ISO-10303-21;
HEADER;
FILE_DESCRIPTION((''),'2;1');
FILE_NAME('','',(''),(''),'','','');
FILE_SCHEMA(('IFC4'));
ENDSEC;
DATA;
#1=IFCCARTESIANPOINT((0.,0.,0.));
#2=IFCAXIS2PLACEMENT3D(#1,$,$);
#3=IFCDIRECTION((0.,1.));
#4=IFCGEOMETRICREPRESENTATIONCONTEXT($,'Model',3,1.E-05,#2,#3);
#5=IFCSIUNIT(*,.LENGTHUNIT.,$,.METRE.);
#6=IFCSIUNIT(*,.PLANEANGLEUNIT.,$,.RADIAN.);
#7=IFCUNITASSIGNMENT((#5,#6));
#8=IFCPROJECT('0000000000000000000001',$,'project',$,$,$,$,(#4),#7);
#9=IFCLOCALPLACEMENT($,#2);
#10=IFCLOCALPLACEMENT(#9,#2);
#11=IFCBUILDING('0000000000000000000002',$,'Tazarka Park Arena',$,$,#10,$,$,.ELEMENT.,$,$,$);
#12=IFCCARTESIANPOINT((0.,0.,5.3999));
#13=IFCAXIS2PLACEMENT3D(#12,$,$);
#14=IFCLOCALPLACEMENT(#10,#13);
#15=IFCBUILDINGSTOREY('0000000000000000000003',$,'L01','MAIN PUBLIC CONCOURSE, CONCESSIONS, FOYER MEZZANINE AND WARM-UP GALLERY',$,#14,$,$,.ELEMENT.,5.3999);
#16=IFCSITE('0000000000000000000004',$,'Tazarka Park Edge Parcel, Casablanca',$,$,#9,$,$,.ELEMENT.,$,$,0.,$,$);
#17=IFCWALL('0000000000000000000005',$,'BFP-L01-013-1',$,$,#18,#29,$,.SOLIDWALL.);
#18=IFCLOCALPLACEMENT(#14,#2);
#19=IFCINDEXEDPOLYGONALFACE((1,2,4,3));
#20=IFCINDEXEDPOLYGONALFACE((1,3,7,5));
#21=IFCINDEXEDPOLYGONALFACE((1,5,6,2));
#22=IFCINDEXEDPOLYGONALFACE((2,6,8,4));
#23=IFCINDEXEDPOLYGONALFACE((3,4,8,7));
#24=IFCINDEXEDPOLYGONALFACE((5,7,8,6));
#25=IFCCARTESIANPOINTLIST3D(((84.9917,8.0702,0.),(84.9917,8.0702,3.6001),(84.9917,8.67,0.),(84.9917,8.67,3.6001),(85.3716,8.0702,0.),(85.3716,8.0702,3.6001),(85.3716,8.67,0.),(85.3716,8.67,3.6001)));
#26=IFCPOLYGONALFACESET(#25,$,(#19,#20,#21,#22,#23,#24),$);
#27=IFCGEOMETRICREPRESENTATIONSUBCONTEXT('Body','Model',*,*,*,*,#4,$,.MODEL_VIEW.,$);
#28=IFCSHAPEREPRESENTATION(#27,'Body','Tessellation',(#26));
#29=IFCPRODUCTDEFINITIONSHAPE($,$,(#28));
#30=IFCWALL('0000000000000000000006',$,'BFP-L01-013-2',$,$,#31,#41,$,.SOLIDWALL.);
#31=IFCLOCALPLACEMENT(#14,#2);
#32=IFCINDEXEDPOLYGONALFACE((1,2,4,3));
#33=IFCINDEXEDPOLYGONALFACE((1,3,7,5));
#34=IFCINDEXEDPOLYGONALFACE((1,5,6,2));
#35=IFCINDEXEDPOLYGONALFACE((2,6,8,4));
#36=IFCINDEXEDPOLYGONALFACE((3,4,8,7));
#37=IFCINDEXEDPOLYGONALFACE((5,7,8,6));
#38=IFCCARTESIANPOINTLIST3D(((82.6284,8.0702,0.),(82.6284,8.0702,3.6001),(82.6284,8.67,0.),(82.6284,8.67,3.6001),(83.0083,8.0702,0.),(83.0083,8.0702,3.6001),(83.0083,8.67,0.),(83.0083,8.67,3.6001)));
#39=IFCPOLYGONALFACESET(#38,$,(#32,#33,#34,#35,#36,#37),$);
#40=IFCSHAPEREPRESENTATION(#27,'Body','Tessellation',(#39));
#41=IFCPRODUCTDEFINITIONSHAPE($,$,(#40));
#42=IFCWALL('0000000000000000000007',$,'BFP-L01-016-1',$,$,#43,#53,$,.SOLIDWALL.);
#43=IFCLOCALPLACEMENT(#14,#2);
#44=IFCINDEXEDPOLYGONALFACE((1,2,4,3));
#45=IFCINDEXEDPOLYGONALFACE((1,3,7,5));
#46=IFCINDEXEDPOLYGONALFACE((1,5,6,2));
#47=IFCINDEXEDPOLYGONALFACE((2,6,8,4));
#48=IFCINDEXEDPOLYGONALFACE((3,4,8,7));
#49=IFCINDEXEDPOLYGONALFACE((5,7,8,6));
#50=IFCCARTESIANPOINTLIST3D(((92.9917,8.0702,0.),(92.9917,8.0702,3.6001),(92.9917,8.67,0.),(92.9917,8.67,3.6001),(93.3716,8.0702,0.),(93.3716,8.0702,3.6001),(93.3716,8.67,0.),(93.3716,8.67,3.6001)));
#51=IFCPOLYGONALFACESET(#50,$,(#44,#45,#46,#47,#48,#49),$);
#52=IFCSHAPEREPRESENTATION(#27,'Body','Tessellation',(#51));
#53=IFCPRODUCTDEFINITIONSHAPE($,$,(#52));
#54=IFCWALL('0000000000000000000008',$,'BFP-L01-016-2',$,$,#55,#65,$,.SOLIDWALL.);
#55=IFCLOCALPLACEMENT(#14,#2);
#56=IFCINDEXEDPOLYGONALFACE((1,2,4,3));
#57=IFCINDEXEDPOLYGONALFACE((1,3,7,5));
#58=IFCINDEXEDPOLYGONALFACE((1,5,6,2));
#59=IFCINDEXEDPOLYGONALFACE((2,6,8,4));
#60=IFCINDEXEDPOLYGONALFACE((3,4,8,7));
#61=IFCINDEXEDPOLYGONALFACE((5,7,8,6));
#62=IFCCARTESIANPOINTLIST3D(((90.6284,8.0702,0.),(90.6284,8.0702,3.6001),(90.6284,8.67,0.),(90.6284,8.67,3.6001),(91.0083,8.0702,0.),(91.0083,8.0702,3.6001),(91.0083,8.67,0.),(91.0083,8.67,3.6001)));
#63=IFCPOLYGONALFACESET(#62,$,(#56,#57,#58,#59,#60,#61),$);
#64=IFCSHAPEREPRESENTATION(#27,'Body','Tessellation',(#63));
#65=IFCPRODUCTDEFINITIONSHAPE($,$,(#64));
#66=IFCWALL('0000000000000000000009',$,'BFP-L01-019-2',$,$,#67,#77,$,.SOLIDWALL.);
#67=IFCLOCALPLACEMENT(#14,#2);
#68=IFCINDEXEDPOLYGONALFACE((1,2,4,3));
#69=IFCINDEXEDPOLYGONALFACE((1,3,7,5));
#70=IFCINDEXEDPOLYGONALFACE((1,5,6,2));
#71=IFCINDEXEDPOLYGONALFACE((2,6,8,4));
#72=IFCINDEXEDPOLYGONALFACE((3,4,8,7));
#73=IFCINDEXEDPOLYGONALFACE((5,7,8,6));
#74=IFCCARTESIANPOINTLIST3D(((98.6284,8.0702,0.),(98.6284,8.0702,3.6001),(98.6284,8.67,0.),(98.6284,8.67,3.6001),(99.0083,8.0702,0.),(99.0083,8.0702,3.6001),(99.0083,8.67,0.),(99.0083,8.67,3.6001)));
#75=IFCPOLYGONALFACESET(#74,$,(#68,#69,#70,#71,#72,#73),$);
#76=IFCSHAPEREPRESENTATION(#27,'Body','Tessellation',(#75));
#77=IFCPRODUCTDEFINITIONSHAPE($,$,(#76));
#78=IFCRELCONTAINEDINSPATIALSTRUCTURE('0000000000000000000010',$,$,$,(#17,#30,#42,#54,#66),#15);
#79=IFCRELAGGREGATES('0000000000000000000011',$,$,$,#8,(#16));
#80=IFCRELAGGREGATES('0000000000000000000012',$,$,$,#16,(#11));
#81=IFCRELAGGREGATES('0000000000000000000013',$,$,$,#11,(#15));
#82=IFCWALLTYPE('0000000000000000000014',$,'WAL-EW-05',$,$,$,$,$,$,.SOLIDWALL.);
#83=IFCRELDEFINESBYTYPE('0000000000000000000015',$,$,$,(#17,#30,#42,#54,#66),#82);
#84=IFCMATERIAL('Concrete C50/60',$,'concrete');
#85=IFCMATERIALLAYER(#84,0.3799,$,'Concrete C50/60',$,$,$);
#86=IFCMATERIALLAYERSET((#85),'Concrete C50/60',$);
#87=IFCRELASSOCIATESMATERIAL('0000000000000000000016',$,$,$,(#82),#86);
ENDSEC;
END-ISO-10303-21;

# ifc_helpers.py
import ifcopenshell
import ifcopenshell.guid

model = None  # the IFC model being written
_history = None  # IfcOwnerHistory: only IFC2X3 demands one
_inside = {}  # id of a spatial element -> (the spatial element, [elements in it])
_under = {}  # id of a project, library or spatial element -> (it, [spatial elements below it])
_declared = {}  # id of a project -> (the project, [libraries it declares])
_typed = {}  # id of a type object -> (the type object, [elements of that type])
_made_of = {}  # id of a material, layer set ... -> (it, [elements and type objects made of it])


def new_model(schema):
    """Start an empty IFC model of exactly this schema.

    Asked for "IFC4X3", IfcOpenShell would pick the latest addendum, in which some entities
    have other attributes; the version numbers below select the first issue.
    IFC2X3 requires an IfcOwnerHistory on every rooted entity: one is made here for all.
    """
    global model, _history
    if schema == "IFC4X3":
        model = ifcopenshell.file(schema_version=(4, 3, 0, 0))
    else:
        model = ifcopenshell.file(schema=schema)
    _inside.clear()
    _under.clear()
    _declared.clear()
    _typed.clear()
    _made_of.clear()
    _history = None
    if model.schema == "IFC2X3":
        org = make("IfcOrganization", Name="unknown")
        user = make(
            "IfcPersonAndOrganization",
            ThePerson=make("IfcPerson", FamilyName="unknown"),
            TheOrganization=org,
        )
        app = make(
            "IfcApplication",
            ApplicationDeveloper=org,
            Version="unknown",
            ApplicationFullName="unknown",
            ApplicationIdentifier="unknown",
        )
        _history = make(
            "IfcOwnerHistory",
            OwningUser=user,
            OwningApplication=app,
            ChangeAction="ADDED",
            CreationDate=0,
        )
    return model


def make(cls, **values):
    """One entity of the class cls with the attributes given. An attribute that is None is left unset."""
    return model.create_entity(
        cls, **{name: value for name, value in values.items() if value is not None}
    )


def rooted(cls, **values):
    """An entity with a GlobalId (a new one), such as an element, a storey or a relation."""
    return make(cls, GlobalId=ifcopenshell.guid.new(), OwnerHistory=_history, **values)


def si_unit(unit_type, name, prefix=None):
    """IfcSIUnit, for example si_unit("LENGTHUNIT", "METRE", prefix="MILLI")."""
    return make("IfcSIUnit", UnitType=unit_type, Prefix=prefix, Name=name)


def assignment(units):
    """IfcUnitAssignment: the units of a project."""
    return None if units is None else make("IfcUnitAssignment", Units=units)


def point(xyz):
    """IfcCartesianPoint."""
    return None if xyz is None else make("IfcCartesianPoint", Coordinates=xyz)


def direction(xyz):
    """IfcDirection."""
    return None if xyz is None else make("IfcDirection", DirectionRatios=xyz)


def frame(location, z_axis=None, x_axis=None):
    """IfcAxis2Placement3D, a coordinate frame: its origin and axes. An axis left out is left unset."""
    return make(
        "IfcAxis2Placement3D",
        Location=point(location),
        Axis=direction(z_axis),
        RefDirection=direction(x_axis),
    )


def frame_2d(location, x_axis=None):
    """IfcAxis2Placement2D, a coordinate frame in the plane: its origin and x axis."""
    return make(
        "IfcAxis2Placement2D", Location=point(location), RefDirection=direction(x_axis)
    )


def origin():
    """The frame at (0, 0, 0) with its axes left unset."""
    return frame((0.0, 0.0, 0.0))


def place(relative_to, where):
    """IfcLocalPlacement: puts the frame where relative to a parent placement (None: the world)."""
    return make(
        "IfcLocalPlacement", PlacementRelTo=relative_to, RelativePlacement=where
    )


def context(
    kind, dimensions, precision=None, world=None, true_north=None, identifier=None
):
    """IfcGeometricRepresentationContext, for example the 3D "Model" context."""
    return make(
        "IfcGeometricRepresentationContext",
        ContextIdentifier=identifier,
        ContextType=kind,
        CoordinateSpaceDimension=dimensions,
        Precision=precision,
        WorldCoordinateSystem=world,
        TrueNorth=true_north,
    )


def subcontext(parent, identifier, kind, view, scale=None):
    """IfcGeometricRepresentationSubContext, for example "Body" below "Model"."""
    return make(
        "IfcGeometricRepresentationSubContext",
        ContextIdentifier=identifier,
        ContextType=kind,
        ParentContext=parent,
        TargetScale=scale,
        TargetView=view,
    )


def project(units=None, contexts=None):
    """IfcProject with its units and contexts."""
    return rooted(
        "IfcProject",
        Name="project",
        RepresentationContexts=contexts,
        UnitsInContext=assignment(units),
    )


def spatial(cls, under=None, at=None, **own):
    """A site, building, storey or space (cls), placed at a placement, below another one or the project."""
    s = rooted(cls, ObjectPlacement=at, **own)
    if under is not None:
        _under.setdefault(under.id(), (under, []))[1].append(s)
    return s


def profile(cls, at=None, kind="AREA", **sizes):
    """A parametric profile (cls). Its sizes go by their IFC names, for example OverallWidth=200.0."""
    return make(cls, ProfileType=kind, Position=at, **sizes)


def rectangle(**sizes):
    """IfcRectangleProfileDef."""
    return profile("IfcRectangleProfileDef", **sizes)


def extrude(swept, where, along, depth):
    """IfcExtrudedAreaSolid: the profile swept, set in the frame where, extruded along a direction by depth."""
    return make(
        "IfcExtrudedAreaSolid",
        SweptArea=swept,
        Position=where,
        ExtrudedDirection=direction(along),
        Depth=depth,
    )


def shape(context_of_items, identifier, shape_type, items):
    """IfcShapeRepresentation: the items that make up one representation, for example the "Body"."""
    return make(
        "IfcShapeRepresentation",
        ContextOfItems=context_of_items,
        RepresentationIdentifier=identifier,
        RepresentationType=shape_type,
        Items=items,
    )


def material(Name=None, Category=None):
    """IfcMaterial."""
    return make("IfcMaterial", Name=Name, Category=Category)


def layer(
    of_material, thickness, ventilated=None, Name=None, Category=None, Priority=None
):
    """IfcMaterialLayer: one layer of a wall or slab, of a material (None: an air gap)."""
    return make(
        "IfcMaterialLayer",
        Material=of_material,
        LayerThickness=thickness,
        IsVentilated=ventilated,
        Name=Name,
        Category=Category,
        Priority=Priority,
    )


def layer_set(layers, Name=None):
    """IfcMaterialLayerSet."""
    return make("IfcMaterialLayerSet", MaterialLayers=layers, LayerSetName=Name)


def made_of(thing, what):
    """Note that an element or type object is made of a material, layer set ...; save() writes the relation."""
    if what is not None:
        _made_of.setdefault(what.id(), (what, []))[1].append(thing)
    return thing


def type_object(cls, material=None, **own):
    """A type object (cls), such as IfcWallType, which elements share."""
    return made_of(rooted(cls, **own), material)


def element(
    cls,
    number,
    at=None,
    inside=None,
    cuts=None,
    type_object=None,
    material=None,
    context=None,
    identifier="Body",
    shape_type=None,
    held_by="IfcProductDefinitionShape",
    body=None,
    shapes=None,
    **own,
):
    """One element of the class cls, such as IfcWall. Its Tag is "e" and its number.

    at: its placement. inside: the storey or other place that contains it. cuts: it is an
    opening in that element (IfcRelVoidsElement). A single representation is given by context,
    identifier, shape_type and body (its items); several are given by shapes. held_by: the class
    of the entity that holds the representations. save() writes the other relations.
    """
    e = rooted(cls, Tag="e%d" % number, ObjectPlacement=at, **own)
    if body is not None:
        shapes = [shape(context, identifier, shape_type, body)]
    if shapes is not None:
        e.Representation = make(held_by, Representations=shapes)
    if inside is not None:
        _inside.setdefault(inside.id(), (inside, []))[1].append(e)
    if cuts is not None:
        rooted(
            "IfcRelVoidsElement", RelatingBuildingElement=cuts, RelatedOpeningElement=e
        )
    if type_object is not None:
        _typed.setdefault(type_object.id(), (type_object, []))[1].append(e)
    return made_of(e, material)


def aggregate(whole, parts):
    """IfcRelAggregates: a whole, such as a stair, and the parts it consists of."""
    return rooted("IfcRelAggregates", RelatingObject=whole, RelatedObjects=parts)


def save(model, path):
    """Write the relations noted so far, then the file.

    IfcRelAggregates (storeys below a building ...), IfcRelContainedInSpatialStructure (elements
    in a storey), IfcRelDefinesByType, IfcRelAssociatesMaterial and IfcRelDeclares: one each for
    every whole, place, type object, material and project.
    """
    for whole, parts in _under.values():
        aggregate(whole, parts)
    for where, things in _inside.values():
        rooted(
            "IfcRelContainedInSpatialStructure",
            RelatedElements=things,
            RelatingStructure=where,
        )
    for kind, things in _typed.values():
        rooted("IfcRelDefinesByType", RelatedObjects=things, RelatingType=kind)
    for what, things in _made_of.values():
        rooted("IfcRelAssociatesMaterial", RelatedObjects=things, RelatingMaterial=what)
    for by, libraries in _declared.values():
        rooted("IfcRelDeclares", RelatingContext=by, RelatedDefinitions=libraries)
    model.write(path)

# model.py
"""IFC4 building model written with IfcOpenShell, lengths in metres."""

from ifc_helpers import new_model, si_unit, direction, frame, frame_2d, origin, place, context, subcontext, project, spatial, rectangle, extrude, material, layer, layer_set, type_object, element, save


model = new_model("IFC4")

# Units and contexts
model_context = context("Model", 3, precision=1e-05, world=origin(), true_north=direction((0.0, 1.0)))
body_context = subcontext(model_context, "Body", "Model", "MODEL_VIEW")
ifc_project = project(units=[si_unit("LENGTHUNIT", "METRE"), si_unit("PLANEANGLEUNIT", "RADIAN")], contexts=[model_context])

# Site, building, storey
site_placement = place(None, origin())
site = spatial("IfcSite", under=ifc_project, at=site_placement, Name="Tazarka Park Edge Parcel, Casablanca", CompositionType="ELEMENT", RefElevation=0.0)
building_placement = place(site_placement, origin())
building = spatial("IfcBuilding", under=site, at=building_placement, Name="Tazarka Park Arena", CompositionType="ELEMENT")
storey_placement = place(building_placement, frame((0.0, 0.0, 5.3999)))
storey = spatial("IfcBuildingStorey", under=building, at=storey_placement, Name="L01", Description="MAIN PUBLIC CONCOURSE, CONCESSIONS, FOYER MEZZANINE AND WARM-UP GALLERY", CompositionType="ELEMENT", Elevation=5.3999)

# Walls
ifc_material_1 = material(Name="Concrete C50/60", Category="concrete")
ifc_layer_1 = layer(ifc_material_1, 0.3799, Name="Concrete C50/60")
ifc_layer_set_1 = layer_set([ifc_layer_1], Name="Concrete C50/60")
wall_type_1 = type_object("IfcWallType", Name="WAL-EW-05", PredefinedType="SOLIDWALL", material=ifc_layer_set_1)
for number, where, z_axis, x_axis, name in (
    (1, (85.1816, 8.6699, 0.0), (0.0, 0.0, 1.0), (0.0, -1.0, 0.0), "BFP-L01-013-1"),
    (2, (82.8184, 8.6699, 0.0), (0.0, 0.0, 1.0), (0.0, -1.0, 0.0), "BFP-L01-013-2"),
    (3, (93.1816, 8.6699, 0.0), (0.0, 0.0, 1.0), (0.0, -1.0, 0.0), "BFP-L01-016-1"),
    (4, (90.8184, 8.6699, 0.0), (0.0, 0.0, 1.0), (0.0, -1.0, 0.0), "BFP-L01-016-2"),
    (5, (98.8184, 8.6699, 0.0), (0.0, 0.0, 1.0), (0.0, -1.0, 0.0), "BFP-L01-019-2"),
):
    element("IfcWall", number, at=place(storey_placement, frame(where, z_axis=z_axis, x_axis=x_axis)), inside=storey, type_object=wall_type_1, Name=name, PredefinedType="SOLIDWALL", context=body_context, shape_type="SweptSolid", body=[
        extrude(rectangle(XDim=0.5999, YDim=0.3799, at=frame_2d((0.2998, 0.0))), origin(), (0.0, 0.0, 1.0), 3.6001),
    ])

save(model, "model.ifc")
